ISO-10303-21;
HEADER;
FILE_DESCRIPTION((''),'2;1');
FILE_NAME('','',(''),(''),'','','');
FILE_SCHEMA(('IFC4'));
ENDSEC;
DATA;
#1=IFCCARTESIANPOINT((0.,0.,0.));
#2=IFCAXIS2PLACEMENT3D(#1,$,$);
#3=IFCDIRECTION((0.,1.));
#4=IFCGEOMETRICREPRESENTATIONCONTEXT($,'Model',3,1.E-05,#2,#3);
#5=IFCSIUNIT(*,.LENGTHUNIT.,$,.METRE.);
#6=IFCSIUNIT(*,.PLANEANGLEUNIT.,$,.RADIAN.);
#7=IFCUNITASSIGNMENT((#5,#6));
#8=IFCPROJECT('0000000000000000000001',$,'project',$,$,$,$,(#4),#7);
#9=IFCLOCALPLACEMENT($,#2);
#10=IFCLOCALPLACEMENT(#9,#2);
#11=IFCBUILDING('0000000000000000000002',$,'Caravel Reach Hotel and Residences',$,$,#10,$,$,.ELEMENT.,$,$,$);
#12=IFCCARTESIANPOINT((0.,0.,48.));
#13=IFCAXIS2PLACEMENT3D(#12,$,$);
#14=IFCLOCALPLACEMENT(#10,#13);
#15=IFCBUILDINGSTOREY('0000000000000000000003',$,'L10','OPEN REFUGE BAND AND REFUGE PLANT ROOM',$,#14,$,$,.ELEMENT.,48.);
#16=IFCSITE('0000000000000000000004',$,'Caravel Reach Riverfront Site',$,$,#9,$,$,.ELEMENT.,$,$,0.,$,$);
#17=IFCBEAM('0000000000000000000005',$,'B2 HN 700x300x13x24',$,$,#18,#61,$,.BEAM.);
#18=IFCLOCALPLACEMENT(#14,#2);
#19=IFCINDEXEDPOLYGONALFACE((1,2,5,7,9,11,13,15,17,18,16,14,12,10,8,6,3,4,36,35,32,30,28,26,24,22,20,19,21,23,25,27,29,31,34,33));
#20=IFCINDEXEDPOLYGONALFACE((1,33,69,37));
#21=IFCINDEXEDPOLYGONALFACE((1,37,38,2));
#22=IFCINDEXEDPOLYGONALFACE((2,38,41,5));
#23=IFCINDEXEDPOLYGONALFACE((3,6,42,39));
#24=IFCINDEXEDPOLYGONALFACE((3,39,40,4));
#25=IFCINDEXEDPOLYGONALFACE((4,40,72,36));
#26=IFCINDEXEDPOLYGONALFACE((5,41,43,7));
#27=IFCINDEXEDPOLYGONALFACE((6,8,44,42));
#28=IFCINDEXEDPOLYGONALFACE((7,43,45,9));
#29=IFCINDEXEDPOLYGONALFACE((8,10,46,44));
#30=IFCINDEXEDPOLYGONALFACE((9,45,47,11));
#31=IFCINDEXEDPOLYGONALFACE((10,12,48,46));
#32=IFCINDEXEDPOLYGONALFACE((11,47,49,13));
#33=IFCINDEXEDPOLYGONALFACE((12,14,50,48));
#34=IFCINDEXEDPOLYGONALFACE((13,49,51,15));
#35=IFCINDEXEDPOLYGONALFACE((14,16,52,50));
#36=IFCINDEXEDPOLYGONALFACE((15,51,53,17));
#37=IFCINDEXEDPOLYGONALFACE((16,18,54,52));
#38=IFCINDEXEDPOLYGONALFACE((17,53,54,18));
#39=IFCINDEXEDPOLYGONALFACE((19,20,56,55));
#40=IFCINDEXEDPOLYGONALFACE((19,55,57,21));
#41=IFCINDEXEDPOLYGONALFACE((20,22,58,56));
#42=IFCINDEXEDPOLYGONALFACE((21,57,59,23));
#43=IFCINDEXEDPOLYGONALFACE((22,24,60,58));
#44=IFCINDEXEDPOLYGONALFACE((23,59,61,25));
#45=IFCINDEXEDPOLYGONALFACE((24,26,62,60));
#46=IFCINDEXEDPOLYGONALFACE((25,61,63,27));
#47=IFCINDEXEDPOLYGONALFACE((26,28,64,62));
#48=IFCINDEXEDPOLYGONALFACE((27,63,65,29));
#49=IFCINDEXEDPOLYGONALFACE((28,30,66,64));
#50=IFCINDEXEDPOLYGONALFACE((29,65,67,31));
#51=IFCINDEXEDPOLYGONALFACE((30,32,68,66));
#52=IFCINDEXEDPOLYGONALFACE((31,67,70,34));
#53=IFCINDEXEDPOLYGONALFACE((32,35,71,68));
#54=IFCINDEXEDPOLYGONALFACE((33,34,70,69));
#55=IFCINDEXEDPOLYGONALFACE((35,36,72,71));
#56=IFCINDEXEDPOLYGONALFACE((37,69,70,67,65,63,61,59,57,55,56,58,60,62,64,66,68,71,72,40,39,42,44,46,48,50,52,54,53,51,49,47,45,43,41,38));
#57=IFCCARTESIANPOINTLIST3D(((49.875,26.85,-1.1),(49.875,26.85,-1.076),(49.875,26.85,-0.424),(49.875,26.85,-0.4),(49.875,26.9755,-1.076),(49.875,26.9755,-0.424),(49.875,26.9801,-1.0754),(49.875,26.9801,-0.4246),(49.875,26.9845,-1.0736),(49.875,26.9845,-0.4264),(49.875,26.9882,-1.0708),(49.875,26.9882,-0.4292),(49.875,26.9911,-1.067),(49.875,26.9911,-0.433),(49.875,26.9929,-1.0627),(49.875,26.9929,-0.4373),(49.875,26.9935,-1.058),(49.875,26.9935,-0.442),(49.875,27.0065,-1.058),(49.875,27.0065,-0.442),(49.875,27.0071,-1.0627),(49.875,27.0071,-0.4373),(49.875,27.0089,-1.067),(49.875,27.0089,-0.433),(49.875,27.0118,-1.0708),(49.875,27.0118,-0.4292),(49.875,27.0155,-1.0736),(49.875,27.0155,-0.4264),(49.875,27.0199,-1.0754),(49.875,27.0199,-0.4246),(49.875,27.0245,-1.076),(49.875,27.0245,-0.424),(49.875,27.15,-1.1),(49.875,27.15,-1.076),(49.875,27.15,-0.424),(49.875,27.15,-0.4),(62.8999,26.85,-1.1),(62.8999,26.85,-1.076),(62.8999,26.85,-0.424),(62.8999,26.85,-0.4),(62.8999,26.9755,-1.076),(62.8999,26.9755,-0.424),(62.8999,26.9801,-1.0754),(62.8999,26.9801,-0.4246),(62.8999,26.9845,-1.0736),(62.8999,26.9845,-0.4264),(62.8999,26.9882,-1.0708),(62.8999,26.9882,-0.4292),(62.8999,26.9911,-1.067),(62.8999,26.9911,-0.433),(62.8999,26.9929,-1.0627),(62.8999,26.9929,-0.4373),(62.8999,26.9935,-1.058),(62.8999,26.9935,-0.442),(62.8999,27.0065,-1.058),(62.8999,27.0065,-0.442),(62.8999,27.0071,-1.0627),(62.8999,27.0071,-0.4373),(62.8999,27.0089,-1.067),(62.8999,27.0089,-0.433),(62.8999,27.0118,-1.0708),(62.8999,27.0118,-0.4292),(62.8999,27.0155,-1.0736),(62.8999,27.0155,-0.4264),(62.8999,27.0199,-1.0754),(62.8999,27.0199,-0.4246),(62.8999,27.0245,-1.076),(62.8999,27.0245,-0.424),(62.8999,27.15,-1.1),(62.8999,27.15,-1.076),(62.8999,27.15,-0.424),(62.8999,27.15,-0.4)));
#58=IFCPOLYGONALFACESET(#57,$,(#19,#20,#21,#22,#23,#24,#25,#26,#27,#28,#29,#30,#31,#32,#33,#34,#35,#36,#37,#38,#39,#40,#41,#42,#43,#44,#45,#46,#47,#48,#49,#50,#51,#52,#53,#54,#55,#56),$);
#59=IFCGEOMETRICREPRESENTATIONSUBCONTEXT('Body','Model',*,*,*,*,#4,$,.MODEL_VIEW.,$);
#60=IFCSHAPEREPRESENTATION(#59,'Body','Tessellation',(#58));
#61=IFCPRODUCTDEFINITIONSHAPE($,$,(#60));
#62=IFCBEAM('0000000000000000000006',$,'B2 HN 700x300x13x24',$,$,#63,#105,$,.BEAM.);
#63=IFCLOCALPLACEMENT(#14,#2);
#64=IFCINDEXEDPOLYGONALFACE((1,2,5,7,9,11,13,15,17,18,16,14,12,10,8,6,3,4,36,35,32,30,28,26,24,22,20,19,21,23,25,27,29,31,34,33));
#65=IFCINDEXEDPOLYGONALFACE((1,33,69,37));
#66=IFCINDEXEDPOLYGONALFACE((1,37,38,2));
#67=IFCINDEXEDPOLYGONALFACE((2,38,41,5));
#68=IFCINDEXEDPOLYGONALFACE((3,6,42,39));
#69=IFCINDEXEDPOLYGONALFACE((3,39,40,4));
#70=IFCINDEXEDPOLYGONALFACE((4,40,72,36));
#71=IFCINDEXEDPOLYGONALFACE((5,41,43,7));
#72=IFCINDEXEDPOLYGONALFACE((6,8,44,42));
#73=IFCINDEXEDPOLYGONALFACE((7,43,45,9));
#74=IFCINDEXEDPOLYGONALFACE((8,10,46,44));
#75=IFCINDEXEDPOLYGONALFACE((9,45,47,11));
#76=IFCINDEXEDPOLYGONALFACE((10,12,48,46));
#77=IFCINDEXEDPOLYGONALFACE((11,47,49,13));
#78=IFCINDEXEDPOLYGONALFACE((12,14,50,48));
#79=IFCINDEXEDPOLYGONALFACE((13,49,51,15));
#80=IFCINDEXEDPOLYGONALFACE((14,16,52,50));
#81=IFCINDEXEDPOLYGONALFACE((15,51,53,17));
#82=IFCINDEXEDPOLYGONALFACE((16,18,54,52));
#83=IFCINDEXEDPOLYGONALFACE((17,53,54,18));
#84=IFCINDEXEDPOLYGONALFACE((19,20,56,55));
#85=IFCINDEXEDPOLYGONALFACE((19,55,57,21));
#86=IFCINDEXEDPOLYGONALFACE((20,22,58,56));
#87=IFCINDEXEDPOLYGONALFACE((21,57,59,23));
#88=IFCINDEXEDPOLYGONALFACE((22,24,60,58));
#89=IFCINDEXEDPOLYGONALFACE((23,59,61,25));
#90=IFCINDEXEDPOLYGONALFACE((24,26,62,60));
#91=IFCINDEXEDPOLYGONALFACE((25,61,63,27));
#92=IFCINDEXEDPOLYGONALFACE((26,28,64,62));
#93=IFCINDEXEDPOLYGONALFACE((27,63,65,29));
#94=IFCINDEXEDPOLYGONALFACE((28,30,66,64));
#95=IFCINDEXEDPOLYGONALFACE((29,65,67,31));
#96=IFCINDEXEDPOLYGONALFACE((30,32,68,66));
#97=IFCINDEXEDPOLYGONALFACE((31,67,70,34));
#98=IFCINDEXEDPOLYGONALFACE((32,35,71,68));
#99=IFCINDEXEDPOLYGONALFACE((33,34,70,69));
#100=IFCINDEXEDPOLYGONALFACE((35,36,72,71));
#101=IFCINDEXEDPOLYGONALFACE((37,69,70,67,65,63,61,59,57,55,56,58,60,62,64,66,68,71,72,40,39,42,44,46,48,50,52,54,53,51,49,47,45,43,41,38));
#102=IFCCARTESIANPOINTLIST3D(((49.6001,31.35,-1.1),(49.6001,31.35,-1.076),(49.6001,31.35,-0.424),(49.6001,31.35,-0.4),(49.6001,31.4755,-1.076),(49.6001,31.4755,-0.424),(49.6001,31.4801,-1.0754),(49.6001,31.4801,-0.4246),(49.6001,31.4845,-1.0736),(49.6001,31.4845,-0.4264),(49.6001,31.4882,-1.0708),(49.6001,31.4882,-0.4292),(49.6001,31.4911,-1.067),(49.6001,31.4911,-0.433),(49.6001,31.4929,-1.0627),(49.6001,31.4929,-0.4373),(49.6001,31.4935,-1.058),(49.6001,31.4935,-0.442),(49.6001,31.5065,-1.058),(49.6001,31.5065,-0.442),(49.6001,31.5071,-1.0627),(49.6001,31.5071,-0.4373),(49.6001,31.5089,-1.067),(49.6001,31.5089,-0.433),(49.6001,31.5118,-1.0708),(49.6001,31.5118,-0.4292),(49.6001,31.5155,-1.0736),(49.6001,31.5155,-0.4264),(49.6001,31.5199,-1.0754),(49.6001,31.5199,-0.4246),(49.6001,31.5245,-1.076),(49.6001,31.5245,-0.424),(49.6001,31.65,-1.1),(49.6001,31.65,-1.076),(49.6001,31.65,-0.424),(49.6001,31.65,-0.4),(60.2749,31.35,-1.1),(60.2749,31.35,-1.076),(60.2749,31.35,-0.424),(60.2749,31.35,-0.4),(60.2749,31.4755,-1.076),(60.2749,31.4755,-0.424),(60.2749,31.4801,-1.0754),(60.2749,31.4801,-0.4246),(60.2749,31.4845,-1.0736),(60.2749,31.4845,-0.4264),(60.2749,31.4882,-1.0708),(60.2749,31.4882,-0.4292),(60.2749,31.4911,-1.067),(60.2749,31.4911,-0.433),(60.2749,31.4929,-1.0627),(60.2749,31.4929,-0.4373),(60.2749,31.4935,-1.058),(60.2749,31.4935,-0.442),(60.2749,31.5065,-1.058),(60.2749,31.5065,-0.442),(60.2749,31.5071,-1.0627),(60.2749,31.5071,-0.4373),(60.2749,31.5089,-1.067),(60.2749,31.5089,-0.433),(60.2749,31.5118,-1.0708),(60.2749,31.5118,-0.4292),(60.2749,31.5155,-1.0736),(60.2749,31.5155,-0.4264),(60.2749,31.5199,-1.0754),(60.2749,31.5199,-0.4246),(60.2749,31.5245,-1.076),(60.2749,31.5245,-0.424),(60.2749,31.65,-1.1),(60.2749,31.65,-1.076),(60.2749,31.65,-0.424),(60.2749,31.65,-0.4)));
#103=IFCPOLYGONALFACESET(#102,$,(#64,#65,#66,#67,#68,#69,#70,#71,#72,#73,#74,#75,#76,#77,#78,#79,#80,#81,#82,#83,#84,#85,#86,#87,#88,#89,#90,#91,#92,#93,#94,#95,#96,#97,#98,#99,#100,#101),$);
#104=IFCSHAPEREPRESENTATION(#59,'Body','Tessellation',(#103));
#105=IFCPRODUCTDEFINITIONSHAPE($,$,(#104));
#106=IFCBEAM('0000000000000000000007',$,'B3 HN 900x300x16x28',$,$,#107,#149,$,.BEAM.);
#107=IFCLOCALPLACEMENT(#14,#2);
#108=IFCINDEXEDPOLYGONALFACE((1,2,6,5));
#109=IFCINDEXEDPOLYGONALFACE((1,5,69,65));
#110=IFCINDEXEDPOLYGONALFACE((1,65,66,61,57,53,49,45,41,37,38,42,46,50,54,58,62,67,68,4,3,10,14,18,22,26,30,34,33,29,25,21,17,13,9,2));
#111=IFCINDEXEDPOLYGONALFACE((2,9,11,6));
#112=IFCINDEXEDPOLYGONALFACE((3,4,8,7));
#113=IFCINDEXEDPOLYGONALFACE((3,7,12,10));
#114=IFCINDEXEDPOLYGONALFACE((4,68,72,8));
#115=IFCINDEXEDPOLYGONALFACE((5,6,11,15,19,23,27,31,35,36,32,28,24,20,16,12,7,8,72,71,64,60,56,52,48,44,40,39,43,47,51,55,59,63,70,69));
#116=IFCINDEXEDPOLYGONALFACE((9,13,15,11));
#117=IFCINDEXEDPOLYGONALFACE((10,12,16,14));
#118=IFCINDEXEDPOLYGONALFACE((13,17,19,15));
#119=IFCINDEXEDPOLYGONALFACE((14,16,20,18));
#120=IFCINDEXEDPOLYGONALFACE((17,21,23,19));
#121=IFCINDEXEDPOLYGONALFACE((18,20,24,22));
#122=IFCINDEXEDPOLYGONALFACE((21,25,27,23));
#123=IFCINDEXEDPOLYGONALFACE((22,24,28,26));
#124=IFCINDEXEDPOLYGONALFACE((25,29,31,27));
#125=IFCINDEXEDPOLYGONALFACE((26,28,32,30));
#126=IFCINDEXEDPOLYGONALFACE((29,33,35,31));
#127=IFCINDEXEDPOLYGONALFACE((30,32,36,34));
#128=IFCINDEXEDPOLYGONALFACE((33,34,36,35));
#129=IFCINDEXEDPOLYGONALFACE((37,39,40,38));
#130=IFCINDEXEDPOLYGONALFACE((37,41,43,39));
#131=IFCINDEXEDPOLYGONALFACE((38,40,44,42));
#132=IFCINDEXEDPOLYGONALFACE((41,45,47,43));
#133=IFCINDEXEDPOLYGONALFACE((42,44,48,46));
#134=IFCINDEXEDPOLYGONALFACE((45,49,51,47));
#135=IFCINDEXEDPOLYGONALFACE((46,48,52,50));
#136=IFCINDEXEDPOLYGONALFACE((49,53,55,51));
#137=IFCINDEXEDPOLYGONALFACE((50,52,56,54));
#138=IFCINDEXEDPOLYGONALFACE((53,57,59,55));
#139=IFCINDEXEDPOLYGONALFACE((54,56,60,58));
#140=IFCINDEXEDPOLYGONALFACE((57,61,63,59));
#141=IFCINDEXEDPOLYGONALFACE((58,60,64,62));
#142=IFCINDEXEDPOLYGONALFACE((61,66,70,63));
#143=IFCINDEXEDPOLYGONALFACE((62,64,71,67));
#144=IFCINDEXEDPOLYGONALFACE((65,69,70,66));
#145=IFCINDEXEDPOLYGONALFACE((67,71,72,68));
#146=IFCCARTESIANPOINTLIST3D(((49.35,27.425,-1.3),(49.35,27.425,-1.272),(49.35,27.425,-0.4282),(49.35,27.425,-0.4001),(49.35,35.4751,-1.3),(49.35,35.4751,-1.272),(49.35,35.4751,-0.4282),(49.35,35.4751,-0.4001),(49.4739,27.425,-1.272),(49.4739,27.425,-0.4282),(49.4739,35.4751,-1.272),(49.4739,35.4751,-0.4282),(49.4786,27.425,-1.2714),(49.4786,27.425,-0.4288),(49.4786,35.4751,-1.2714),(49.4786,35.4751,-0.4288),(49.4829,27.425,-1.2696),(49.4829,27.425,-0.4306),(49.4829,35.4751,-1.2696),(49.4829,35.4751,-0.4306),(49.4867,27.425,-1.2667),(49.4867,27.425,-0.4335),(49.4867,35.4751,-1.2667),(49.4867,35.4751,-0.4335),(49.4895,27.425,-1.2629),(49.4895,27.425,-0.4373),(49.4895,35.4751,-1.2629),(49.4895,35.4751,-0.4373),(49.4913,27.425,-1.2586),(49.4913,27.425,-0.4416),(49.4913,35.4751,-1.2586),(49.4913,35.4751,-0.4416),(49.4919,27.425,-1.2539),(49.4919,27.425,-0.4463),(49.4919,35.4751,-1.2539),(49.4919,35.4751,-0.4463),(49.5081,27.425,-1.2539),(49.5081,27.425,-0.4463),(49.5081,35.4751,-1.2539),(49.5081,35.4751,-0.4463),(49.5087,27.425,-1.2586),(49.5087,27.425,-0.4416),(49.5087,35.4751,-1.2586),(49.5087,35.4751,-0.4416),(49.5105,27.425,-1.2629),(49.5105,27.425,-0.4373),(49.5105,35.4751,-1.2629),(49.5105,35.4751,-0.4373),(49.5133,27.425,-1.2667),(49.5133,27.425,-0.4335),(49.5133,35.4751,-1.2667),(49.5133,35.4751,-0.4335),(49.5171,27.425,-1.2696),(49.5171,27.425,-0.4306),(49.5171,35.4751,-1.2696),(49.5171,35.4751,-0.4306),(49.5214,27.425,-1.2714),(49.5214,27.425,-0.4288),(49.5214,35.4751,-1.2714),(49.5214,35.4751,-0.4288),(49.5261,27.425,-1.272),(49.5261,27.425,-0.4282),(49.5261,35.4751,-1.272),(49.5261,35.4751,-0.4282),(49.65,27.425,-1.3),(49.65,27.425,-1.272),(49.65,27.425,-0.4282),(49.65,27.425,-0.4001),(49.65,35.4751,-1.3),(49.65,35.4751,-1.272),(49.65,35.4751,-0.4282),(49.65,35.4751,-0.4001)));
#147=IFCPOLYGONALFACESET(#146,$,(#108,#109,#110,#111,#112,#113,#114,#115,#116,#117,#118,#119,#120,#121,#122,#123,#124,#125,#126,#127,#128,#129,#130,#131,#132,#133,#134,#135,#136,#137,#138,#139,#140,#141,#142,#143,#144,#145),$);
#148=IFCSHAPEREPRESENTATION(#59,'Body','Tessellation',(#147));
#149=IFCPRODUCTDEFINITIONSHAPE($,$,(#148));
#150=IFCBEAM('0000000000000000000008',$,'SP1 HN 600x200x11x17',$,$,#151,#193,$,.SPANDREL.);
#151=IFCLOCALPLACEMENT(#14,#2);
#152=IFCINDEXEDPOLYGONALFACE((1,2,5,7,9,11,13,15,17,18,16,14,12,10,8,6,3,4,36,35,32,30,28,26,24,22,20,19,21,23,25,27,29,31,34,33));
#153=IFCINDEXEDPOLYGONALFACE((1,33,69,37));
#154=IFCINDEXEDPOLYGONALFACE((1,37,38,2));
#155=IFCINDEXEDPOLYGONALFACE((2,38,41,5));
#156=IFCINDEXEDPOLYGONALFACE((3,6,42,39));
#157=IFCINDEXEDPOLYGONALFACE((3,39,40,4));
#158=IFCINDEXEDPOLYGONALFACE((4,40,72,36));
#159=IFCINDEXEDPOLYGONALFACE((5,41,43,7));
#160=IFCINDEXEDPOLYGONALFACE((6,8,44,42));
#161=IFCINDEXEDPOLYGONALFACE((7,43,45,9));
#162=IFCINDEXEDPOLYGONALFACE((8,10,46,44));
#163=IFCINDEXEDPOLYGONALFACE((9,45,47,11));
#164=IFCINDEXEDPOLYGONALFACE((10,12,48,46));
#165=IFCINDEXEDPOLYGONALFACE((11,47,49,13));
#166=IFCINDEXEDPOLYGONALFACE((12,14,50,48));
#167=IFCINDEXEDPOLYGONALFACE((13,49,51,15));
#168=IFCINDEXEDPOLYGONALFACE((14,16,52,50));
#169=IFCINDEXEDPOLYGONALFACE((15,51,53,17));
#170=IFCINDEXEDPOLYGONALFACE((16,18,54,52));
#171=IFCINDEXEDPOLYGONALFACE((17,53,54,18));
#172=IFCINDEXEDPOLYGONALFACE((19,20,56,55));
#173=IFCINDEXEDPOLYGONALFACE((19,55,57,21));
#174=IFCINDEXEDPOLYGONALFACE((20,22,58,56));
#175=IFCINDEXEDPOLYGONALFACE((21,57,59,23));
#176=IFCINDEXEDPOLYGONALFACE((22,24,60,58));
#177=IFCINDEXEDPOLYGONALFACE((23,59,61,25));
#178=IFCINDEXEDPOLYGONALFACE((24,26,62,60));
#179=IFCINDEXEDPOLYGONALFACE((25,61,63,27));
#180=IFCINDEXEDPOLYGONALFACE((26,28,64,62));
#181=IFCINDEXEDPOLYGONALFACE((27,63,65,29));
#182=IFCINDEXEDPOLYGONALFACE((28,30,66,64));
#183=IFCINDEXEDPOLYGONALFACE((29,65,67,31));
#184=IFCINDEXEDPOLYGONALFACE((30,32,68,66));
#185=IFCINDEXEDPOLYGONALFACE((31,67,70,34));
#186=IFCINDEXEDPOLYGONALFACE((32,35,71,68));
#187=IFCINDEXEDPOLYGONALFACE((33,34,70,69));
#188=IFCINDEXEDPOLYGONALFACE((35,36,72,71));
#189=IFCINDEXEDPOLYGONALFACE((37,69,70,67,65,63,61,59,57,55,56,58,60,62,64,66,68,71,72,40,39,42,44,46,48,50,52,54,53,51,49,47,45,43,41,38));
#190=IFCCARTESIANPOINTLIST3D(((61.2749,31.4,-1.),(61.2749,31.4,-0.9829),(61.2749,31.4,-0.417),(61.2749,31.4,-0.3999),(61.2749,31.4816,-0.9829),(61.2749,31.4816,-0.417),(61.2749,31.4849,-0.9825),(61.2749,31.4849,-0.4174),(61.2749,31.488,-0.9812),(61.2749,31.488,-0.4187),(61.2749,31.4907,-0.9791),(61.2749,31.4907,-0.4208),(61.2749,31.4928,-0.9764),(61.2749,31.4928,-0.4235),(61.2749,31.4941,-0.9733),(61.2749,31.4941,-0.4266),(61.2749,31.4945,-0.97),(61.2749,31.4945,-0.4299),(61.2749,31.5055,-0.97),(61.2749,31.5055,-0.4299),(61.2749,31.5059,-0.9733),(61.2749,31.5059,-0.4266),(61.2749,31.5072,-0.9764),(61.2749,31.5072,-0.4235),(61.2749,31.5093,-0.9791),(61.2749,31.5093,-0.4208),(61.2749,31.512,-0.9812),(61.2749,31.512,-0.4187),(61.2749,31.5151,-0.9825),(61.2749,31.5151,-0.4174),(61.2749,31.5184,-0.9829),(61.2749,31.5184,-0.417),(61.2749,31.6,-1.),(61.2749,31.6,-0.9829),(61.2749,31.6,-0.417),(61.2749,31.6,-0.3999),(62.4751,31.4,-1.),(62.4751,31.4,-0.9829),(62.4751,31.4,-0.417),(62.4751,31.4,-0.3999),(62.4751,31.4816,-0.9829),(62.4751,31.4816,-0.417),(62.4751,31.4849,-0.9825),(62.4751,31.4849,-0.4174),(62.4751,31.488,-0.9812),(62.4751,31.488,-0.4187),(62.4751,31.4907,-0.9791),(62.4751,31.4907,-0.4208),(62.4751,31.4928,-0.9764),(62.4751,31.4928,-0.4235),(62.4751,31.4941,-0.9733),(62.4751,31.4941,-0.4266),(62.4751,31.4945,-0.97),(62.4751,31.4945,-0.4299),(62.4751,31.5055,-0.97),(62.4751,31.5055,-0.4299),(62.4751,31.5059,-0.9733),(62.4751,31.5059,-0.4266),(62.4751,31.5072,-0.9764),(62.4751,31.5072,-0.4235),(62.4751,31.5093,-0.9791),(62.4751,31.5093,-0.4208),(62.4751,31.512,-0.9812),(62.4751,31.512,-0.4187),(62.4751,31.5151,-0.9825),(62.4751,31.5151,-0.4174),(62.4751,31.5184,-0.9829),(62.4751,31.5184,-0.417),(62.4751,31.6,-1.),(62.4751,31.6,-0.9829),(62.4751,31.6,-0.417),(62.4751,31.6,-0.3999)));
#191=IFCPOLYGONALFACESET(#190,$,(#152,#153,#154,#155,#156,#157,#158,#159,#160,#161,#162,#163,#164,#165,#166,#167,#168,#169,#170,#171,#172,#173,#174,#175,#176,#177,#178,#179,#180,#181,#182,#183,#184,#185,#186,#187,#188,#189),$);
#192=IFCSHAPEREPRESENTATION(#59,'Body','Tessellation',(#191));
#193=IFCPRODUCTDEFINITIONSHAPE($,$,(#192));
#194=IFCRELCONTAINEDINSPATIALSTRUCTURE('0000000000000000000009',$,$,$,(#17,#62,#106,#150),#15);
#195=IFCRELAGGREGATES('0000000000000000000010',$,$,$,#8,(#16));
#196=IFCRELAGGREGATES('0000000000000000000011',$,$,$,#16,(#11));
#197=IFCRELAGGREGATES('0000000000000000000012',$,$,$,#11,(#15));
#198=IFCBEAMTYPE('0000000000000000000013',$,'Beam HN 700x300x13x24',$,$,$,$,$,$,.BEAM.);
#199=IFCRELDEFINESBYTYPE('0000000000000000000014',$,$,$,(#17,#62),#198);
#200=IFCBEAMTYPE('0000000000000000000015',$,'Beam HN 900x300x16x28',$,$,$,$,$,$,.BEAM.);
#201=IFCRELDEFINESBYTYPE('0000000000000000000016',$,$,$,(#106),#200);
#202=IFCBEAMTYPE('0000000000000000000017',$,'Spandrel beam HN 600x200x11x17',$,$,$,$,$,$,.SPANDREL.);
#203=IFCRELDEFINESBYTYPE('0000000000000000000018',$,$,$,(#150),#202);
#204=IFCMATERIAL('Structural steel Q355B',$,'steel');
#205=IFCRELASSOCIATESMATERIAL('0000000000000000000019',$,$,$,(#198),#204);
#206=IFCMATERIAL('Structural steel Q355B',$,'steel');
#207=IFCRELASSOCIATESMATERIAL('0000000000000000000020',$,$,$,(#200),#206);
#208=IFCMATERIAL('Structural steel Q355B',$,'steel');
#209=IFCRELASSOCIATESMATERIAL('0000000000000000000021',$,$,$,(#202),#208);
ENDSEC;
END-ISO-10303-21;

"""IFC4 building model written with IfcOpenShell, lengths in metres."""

from ifc_helpers import new_model, si_unit, direction, frame, origin, origin_2d, place, context, subcontext, project, spatial, i_section, extrude, material, material_profile, profile_set, type_object, element, save


model = new_model("IFC4")

# Units and contexts
model_context = context("Model", 3, precision=1e-05, world=origin(), true_north=direction((0.0, 1.0)))
body_context = subcontext(model_context, "Body", "Model", "MODEL_VIEW")
ifc_project = project(units=[si_unit("LENGTHUNIT", "METRE"), si_unit("PLANEANGLEUNIT", "RADIAN")], contexts=[model_context])

# Site, building, storey
site_placement = place(None, origin())
site = spatial("IfcSite", under=ifc_project, at=site_placement, Name="Caravel Reach Riverfront Site", CompositionType="ELEMENT", RefElevation=0.0)
building_placement = place(site_placement, origin())
building = spatial("IfcBuilding", under=site, at=building_placement, Name="Caravel Reach Hotel and Residences", CompositionType="ELEMENT")
storey_placement = place(building_placement, frame((0.0, 0.0, 48.0)))
storey = spatial("IfcBuildingStorey", under=building, at=storey_placement, Name="L10", Description="OPEN REFUGE BAND AND REFUGE PLANT ROOM", CompositionType="ELEMENT", Elevation=48.0)

# Beams
ifc_material_1 = material(Name="Structural steel Q355B", Category="steel")
ifc_material_profile_1 = material_profile(ifc_material_1, i_section(OverallWidth=0.3, OverallDepth=0.7, WebThickness=0.0129, FlangeThickness=0.0239, FilletRadius=0.0181, at=origin_2d()), Name="HN 700x300x13x24")
ifc_profile_set_1 = profile_set([ifc_material_profile_1], Name="Structural steel Q355B")
beam_type_1 = type_object("IfcBeamType", Name="Beam HN 700x300x13x24", PredefinedType="BEAM", material=ifc_profile_set_1)
beam_1_placement = place(storey_placement, frame((49.875, 27.0, -0.75), z_axis=(1.0, 0.0, 0.0), x_axis=(0.0, 1.0, 0.0)))
element("IfcBeam", 1, at=beam_1_placement, inside=storey, type_object=beam_type_1, Name="B2 HN 700x300x13x24", PredefinedType="BEAM", context=body_context, shape_type="SweptSolid", body=[
    extrude(i_section(OverallWidth=0.3, OverallDepth=0.7, WebThickness=0.0129, FlangeThickness=0.0239, FilletRadius=0.0181, at=origin_2d()), origin(), (0.0, 0.0, 1.0), 13.0249),
])
beam_2_placement = place(storey_placement, frame((49.6001, 31.5, -0.75), z_axis=(1.0, 0.0, 0.0), x_axis=(0.0, 1.0, 0.0)))
element("IfcBeam", 2, at=beam_2_placement, inside=storey, type_object=beam_type_1, Name="B2 HN 700x300x13x24", PredefinedType="BEAM", context=body_context, shape_type="SweptSolid", body=[
    extrude(i_section(OverallWidth=0.3, OverallDepth=0.7, WebThickness=0.0129, FlangeThickness=0.0239, FilletRadius=0.0181, at=origin_2d()), origin(), (0.0, 0.0, 1.0), 10.6748),
])
ifc_material_2 = material(Name="Structural steel Q355B", Category="steel")
ifc_material_profile_2 = material_profile(ifc_material_2, i_section(OverallWidth=0.3, OverallDepth=0.8999, WebThickness=0.0161, FlangeThickness=0.0281, FilletRadius=0.0181, at=origin_2d()), Name="HN 900x300x16x28")
ifc_profile_set_2 = profile_set([ifc_material_profile_2], Name="Structural steel Q355B")
beam_type_2 = type_object("IfcBeamType", Name="Beam HN 900x300x16x28", PredefinedType="BEAM", material=ifc_profile_set_2)
beam_3_placement = place(storey_placement, frame((49.5, 27.425, -0.8501), z_axis=(0.0, 1.0, 0.0), x_axis=(-1.0, 0.0, 0.0)))
element("IfcBeam", 3, at=beam_3_placement, inside=storey, type_object=beam_type_2, Name="B3 HN 900x300x16x28", PredefinedType="BEAM", context=body_context, shape_type="SweptSolid", body=[
    extrude(i_section(OverallWidth=0.3, OverallDepth=0.8999, WebThickness=0.0161, FlangeThickness=0.0281, FilletRadius=0.0181, at=origin_2d()), origin(), (0.0, 0.0, 1.0), 8.05),
])
ifc_material_3 = material(Name="Structural steel Q355B", Category="steel")
ifc_material_profile_3 = material_profile(ifc_material_3, i_section(OverallWidth=0.2, OverallDepth=0.6001, WebThickness=0.011, FlangeThickness=0.0171, FilletRadius=0.0129, at=origin_2d()), Name="HN 600x200x11x17")
ifc_profile_set_3 = profile_set([ifc_material_profile_3], Name="Structural steel Q355B")
beam_type_3 = type_object("IfcBeamType", Name="Spandrel beam HN 600x200x11x17", PredefinedType="SPANDREL", material=ifc_profile_set_3)
for number, where, z_axis, x_axis, name in (
    (4, (62.4751, 31.5, -0.7), (-1.0, 0.0, 0.0), (0.0, -1.0, 0.0), "SP1 HN 600x200x11x17"),
):
    element("IfcBeam", number, at=place(storey_placement, frame(where, z_axis=z_axis, x_axis=x_axis)), inside=storey, type_object=beam_type_3, Name=name, PredefinedType="SPANDREL", context=body_context, shape_type="SweptSolid", body=[
        extrude(i_section(OverallWidth=0.2, OverallDepth=0.6001, WebThickness=0.011, FlangeThickness=0.0171, FilletRadius=0.0129, at=origin_2d()), origin(), (0.0, 0.0, 1.0), 1.2002),
    ])

save(model, "model.ifc")
